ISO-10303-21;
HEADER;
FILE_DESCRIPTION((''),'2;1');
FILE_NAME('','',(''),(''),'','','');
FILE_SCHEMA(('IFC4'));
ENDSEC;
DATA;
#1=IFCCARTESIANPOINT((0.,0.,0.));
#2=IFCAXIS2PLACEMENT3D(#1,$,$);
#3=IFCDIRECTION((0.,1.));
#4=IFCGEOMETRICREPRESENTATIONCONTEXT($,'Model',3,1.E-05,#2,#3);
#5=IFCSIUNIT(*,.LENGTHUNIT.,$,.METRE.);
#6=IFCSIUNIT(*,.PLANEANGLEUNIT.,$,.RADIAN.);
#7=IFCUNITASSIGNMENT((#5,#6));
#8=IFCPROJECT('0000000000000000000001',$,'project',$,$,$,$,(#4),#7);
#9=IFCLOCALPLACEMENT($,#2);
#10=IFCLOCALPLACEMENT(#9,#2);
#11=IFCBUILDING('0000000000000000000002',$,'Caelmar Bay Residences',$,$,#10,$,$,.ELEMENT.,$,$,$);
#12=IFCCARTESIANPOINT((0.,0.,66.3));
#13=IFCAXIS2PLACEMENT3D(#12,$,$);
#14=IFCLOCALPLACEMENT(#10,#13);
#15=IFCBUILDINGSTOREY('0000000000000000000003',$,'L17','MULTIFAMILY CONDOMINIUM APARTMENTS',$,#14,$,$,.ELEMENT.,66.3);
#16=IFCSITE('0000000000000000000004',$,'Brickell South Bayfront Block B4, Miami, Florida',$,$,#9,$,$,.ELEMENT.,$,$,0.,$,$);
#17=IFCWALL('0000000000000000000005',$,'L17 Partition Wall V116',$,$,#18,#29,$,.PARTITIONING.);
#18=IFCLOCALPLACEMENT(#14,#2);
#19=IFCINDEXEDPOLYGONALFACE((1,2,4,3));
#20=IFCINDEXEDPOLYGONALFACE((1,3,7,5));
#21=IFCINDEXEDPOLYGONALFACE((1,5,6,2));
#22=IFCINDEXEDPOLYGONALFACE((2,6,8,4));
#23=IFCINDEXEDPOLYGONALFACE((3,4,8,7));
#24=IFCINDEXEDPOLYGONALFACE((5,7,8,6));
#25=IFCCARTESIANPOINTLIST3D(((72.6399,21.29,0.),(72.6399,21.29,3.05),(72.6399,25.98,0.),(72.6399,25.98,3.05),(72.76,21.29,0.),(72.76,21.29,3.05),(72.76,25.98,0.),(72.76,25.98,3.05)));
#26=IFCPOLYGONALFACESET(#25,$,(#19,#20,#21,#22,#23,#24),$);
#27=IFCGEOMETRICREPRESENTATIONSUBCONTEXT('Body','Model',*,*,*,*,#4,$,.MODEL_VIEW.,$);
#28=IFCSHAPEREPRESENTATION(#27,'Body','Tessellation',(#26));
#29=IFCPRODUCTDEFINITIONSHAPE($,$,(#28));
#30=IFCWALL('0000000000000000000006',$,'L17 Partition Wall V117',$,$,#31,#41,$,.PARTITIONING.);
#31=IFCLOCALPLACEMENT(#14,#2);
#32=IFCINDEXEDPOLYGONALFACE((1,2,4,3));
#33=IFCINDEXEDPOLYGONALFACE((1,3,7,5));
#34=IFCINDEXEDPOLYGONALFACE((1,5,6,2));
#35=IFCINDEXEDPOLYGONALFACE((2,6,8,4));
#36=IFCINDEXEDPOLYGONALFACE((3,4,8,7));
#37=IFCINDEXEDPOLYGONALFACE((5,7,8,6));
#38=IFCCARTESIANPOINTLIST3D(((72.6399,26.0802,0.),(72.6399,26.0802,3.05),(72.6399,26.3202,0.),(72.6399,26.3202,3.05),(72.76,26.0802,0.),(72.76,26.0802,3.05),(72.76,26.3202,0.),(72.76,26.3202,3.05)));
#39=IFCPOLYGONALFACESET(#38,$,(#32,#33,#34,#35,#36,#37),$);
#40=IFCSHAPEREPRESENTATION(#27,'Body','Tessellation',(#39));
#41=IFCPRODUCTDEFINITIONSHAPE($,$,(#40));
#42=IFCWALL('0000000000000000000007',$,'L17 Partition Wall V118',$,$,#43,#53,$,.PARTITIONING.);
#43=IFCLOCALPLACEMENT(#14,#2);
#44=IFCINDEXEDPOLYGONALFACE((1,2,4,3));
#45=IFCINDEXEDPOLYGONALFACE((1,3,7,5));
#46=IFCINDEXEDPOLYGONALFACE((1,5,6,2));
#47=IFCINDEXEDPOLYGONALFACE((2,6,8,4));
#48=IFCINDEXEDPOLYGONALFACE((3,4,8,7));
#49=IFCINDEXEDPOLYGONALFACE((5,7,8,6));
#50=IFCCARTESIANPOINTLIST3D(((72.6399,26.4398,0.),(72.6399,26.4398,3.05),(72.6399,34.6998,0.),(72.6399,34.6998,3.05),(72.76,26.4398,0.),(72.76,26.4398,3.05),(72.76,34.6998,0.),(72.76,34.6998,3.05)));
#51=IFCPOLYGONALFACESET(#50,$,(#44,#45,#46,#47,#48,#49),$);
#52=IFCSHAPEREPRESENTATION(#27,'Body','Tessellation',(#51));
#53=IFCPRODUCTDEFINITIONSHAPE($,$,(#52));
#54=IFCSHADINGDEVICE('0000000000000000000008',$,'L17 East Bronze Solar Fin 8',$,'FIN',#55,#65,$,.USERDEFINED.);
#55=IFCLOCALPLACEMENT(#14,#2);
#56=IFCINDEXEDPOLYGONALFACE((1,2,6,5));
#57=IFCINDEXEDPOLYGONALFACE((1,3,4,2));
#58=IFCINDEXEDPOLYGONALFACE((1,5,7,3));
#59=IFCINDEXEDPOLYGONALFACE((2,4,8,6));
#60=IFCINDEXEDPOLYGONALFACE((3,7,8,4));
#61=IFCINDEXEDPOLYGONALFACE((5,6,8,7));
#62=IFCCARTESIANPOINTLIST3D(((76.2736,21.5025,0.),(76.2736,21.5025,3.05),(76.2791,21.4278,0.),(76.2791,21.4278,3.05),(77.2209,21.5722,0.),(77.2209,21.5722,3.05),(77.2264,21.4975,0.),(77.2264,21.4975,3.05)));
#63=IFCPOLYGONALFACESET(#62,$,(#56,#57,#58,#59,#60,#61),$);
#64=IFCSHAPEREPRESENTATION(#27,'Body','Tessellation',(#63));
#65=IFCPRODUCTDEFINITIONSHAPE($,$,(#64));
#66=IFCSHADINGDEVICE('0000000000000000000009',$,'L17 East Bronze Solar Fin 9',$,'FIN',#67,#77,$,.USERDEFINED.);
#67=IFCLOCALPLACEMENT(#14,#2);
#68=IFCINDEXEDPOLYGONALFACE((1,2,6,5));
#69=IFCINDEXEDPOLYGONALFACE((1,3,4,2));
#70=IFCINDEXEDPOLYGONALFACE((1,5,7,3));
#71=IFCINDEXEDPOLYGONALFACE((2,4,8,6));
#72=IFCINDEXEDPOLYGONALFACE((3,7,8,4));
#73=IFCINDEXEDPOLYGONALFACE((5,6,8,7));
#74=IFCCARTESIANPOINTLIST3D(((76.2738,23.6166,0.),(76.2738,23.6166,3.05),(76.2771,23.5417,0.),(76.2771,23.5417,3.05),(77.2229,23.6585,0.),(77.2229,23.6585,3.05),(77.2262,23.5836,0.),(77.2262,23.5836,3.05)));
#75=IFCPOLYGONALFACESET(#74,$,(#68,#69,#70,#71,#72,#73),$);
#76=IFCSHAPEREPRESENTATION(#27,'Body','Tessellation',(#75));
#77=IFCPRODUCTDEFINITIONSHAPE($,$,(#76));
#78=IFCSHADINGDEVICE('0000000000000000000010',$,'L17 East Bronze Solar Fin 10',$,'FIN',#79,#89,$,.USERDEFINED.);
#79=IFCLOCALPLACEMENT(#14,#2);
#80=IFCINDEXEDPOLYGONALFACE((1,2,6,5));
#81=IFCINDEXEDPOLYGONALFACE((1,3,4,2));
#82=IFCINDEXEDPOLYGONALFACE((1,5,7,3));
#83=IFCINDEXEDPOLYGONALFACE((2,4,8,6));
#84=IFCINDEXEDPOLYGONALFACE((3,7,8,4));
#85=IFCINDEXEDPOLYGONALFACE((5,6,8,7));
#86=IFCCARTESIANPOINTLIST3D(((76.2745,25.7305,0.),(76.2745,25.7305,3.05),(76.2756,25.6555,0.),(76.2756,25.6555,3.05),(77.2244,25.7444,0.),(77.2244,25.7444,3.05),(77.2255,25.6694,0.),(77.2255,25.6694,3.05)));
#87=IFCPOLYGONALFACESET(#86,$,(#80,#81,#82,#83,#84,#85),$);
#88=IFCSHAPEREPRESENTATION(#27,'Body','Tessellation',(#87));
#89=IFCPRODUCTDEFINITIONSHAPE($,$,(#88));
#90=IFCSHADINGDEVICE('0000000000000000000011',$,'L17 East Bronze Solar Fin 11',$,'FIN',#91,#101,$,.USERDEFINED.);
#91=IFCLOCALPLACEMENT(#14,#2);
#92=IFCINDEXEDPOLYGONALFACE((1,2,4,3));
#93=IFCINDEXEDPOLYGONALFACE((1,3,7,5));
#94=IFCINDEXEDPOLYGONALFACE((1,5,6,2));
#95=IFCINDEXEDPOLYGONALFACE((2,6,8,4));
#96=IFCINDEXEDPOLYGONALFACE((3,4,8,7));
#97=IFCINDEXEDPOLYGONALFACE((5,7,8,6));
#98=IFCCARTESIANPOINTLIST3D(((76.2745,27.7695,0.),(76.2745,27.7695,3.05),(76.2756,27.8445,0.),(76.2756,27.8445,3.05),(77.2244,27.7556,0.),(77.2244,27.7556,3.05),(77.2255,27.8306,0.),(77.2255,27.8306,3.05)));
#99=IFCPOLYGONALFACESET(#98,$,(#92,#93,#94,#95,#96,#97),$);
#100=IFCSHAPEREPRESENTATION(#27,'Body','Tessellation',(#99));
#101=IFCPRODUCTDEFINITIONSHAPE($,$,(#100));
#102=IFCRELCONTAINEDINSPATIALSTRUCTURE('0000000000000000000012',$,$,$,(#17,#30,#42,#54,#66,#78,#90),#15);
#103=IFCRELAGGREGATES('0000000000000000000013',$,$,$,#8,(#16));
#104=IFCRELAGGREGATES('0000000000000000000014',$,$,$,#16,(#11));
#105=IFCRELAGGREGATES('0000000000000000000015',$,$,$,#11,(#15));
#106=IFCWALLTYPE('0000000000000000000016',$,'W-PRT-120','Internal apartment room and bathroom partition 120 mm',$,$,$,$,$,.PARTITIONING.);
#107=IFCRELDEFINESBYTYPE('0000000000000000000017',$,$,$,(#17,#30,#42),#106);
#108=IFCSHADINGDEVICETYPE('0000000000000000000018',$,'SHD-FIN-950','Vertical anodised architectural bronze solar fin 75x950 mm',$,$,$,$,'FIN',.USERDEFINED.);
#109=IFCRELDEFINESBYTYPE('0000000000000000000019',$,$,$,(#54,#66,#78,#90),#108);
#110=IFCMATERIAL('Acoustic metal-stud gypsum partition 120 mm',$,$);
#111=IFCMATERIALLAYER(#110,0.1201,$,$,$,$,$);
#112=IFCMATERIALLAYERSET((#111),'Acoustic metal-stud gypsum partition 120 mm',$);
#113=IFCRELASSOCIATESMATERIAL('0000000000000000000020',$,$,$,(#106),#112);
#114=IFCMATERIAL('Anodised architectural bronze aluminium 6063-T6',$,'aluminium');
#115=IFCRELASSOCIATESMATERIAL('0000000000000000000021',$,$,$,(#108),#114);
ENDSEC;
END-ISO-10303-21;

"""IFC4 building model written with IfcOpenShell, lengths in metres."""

from ifc_helpers import new_model, si_unit, direction, frame, frame_2d, origin, origin_2d, place, context, subcontext, project, spatial, rectangle, extrude, material, layer, layer_set, material_profile, profile_set, type_object, element, save


model = new_model("IFC4")

# Units and contexts
model_context = context("Model", 3, precision=1e-05, world=origin(), true_north=direction((0.0, 1.0)))
body_context = subcontext(model_context, "Body", "Model", "MODEL_VIEW")
ifc_project = project(units=[si_unit("LENGTHUNIT", "METRE"), si_unit("PLANEANGLEUNIT", "RADIAN")], contexts=[model_context])

# Site, building, storey
site_placement = place(None, origin())
site = spatial("IfcSite", under=ifc_project, at=site_placement, Name="Brickell South Bayfront Block B4, Miami, Florida", CompositionType="ELEMENT", RefElevation=0.0)
building_placement = place(site_placement, origin())
building = spatial("IfcBuilding", under=site, at=building_placement, Name="Caelmar Bay Residences", CompositionType="ELEMENT")
storey_placement = place(building_placement, frame((0.0, 0.0, 66.3)))
storey = spatial("IfcBuildingStorey", under=building, at=storey_placement, Name="L17", Description="MULTIFAMILY CONDOMINIUM APARTMENTS", CompositionType="ELEMENT", Elevation=66.3)

# Shared definitions
ifc_material_1 = material(Name="Acoustic metal-stud gypsum partition 120 mm")
ifc_layer_1 = layer(ifc_material_1, 0.1201)
ifc_layer_set_1 = layer_set([ifc_layer_1], Name="Acoustic metal-stud gypsum partition 120 mm")
wall_type_1 = type_object("IfcWallType", Name="W-PRT-120", Description="Internal apartment room and bathroom partition 120 mm", PredefinedType="PARTITIONING", material=ifc_layer_set_1)

# Walls
wall_1_placement = place(storey_placement, frame((72.7, 21.29, 0.0), z_axis=(0.0, 0.0, 1.0), x_axis=(0.0, 1.0, 0.0)))
element("IfcWall", 1, at=wall_1_placement, inside=storey, type_object=wall_type_1, Name="L17 Partition Wall V116", PredefinedType="PARTITIONING", context=body_context, shape_type="SweptSolid", body=[
    extrude(rectangle(XDim=4.6899, YDim=0.1201, at=frame_2d((2.345, 0.0))), origin(), (0.0, 0.0, 1.0), 3.05),
])
wall_2_placement = place(storey_placement, frame((72.7, 26.0801, 0.0), z_axis=(0.0, 0.0, 1.0), x_axis=(0.0, 1.0, 0.0)))
element("IfcWall", 2, at=wall_2_placement, inside=storey, type_object=wall_type_1, Name="L17 Partition Wall V117", PredefinedType="PARTITIONING", context=body_context, shape_type="SweptSolid", body=[
    extrude(rectangle(XDim=0.24, YDim=0.1201, at=frame_2d((0.1201, 0.0))), origin(), (0.0, 0.0, 1.0), 3.05),
])
wall_3_placement = place(storey_placement, frame((72.7, 26.4399, 0.0), z_axis=(0.0, 0.0, 1.0), x_axis=(0.0, 1.0, 0.0)))
element("IfcWall", 3, at=wall_3_placement, inside=storey, type_object=wall_type_1, Name="L17 Partition Wall V118", PredefinedType="PARTITIONING", context=body_context, shape_type="SweptSolid", body=[
    extrude(rectangle(XDim=8.26, YDim=0.1201, at=frame_2d((4.1299, 0.0))), origin(), (0.0, 0.0, 1.0), 3.05),
])

# Shading devices
ifc_material_2 = material(Name="Anodised architectural bronze aluminium 6063-T6", Category="aluminium")
ifc_material_profile_1 = material_profile(ifc_material_2, rectangle(XDim=0.075, YDim=0.95, at=origin_2d()), Name="BRONZE-FIN-75X950")
ifc_profile_set_1 = profile_set([ifc_material_profile_1], Name="Anodised architectural bronze aluminium 6063-T6")
shading_device_type = type_object("IfcShadingDeviceType", Name="SHD-FIN-950", Description="Vertical anodised architectural bronze solar fin 75x950 mm", ElementType="FIN", PredefinedType="USERDEFINED", material=ifc_profile_set_1)
for number, where, z_axis, x_axis, name in (
    (4, (76.75, 21.5, 0.0), (0.0, 0.0, 1.0), (-0.073412, 0.997302, 0.0), "L17 East Bronze Solar Fin 8"),
    (5, (76.75, 23.6001, 0.0), (0.0, 0.0, 1.0), (-0.044142, 0.999025, 0.0), "L17 East Bronze Solar Fin 9"),
    (6, (76.75, 25.7, 0.0), (0.0, 0.0, 1.0), (-0.01466, 0.999893, 0.0), "L17 East Bronze Solar Fin 10"),
    (7, (76.75, 27.8, 0.0), (0.0, 0.0, 1.0), (0.01466, 0.999893, 0.0), "L17 East Bronze Solar Fin 11"),
):
    element("IfcShadingDevice", number, at=place(storey_placement, frame(where, z_axis=z_axis, x_axis=x_axis)), inside=storey, type_object=shading_device_type, Name=name, ObjectType="FIN", PredefinedType="USERDEFINED", context=body_context, shape_type="SweptSolid", body=[
        extrude(rectangle(XDim=0.075, YDim=0.95, at=origin_2d()), origin(), (0.0, 0.0, 1.0), 3.05),
    ])

save(model, "model.ifc")
